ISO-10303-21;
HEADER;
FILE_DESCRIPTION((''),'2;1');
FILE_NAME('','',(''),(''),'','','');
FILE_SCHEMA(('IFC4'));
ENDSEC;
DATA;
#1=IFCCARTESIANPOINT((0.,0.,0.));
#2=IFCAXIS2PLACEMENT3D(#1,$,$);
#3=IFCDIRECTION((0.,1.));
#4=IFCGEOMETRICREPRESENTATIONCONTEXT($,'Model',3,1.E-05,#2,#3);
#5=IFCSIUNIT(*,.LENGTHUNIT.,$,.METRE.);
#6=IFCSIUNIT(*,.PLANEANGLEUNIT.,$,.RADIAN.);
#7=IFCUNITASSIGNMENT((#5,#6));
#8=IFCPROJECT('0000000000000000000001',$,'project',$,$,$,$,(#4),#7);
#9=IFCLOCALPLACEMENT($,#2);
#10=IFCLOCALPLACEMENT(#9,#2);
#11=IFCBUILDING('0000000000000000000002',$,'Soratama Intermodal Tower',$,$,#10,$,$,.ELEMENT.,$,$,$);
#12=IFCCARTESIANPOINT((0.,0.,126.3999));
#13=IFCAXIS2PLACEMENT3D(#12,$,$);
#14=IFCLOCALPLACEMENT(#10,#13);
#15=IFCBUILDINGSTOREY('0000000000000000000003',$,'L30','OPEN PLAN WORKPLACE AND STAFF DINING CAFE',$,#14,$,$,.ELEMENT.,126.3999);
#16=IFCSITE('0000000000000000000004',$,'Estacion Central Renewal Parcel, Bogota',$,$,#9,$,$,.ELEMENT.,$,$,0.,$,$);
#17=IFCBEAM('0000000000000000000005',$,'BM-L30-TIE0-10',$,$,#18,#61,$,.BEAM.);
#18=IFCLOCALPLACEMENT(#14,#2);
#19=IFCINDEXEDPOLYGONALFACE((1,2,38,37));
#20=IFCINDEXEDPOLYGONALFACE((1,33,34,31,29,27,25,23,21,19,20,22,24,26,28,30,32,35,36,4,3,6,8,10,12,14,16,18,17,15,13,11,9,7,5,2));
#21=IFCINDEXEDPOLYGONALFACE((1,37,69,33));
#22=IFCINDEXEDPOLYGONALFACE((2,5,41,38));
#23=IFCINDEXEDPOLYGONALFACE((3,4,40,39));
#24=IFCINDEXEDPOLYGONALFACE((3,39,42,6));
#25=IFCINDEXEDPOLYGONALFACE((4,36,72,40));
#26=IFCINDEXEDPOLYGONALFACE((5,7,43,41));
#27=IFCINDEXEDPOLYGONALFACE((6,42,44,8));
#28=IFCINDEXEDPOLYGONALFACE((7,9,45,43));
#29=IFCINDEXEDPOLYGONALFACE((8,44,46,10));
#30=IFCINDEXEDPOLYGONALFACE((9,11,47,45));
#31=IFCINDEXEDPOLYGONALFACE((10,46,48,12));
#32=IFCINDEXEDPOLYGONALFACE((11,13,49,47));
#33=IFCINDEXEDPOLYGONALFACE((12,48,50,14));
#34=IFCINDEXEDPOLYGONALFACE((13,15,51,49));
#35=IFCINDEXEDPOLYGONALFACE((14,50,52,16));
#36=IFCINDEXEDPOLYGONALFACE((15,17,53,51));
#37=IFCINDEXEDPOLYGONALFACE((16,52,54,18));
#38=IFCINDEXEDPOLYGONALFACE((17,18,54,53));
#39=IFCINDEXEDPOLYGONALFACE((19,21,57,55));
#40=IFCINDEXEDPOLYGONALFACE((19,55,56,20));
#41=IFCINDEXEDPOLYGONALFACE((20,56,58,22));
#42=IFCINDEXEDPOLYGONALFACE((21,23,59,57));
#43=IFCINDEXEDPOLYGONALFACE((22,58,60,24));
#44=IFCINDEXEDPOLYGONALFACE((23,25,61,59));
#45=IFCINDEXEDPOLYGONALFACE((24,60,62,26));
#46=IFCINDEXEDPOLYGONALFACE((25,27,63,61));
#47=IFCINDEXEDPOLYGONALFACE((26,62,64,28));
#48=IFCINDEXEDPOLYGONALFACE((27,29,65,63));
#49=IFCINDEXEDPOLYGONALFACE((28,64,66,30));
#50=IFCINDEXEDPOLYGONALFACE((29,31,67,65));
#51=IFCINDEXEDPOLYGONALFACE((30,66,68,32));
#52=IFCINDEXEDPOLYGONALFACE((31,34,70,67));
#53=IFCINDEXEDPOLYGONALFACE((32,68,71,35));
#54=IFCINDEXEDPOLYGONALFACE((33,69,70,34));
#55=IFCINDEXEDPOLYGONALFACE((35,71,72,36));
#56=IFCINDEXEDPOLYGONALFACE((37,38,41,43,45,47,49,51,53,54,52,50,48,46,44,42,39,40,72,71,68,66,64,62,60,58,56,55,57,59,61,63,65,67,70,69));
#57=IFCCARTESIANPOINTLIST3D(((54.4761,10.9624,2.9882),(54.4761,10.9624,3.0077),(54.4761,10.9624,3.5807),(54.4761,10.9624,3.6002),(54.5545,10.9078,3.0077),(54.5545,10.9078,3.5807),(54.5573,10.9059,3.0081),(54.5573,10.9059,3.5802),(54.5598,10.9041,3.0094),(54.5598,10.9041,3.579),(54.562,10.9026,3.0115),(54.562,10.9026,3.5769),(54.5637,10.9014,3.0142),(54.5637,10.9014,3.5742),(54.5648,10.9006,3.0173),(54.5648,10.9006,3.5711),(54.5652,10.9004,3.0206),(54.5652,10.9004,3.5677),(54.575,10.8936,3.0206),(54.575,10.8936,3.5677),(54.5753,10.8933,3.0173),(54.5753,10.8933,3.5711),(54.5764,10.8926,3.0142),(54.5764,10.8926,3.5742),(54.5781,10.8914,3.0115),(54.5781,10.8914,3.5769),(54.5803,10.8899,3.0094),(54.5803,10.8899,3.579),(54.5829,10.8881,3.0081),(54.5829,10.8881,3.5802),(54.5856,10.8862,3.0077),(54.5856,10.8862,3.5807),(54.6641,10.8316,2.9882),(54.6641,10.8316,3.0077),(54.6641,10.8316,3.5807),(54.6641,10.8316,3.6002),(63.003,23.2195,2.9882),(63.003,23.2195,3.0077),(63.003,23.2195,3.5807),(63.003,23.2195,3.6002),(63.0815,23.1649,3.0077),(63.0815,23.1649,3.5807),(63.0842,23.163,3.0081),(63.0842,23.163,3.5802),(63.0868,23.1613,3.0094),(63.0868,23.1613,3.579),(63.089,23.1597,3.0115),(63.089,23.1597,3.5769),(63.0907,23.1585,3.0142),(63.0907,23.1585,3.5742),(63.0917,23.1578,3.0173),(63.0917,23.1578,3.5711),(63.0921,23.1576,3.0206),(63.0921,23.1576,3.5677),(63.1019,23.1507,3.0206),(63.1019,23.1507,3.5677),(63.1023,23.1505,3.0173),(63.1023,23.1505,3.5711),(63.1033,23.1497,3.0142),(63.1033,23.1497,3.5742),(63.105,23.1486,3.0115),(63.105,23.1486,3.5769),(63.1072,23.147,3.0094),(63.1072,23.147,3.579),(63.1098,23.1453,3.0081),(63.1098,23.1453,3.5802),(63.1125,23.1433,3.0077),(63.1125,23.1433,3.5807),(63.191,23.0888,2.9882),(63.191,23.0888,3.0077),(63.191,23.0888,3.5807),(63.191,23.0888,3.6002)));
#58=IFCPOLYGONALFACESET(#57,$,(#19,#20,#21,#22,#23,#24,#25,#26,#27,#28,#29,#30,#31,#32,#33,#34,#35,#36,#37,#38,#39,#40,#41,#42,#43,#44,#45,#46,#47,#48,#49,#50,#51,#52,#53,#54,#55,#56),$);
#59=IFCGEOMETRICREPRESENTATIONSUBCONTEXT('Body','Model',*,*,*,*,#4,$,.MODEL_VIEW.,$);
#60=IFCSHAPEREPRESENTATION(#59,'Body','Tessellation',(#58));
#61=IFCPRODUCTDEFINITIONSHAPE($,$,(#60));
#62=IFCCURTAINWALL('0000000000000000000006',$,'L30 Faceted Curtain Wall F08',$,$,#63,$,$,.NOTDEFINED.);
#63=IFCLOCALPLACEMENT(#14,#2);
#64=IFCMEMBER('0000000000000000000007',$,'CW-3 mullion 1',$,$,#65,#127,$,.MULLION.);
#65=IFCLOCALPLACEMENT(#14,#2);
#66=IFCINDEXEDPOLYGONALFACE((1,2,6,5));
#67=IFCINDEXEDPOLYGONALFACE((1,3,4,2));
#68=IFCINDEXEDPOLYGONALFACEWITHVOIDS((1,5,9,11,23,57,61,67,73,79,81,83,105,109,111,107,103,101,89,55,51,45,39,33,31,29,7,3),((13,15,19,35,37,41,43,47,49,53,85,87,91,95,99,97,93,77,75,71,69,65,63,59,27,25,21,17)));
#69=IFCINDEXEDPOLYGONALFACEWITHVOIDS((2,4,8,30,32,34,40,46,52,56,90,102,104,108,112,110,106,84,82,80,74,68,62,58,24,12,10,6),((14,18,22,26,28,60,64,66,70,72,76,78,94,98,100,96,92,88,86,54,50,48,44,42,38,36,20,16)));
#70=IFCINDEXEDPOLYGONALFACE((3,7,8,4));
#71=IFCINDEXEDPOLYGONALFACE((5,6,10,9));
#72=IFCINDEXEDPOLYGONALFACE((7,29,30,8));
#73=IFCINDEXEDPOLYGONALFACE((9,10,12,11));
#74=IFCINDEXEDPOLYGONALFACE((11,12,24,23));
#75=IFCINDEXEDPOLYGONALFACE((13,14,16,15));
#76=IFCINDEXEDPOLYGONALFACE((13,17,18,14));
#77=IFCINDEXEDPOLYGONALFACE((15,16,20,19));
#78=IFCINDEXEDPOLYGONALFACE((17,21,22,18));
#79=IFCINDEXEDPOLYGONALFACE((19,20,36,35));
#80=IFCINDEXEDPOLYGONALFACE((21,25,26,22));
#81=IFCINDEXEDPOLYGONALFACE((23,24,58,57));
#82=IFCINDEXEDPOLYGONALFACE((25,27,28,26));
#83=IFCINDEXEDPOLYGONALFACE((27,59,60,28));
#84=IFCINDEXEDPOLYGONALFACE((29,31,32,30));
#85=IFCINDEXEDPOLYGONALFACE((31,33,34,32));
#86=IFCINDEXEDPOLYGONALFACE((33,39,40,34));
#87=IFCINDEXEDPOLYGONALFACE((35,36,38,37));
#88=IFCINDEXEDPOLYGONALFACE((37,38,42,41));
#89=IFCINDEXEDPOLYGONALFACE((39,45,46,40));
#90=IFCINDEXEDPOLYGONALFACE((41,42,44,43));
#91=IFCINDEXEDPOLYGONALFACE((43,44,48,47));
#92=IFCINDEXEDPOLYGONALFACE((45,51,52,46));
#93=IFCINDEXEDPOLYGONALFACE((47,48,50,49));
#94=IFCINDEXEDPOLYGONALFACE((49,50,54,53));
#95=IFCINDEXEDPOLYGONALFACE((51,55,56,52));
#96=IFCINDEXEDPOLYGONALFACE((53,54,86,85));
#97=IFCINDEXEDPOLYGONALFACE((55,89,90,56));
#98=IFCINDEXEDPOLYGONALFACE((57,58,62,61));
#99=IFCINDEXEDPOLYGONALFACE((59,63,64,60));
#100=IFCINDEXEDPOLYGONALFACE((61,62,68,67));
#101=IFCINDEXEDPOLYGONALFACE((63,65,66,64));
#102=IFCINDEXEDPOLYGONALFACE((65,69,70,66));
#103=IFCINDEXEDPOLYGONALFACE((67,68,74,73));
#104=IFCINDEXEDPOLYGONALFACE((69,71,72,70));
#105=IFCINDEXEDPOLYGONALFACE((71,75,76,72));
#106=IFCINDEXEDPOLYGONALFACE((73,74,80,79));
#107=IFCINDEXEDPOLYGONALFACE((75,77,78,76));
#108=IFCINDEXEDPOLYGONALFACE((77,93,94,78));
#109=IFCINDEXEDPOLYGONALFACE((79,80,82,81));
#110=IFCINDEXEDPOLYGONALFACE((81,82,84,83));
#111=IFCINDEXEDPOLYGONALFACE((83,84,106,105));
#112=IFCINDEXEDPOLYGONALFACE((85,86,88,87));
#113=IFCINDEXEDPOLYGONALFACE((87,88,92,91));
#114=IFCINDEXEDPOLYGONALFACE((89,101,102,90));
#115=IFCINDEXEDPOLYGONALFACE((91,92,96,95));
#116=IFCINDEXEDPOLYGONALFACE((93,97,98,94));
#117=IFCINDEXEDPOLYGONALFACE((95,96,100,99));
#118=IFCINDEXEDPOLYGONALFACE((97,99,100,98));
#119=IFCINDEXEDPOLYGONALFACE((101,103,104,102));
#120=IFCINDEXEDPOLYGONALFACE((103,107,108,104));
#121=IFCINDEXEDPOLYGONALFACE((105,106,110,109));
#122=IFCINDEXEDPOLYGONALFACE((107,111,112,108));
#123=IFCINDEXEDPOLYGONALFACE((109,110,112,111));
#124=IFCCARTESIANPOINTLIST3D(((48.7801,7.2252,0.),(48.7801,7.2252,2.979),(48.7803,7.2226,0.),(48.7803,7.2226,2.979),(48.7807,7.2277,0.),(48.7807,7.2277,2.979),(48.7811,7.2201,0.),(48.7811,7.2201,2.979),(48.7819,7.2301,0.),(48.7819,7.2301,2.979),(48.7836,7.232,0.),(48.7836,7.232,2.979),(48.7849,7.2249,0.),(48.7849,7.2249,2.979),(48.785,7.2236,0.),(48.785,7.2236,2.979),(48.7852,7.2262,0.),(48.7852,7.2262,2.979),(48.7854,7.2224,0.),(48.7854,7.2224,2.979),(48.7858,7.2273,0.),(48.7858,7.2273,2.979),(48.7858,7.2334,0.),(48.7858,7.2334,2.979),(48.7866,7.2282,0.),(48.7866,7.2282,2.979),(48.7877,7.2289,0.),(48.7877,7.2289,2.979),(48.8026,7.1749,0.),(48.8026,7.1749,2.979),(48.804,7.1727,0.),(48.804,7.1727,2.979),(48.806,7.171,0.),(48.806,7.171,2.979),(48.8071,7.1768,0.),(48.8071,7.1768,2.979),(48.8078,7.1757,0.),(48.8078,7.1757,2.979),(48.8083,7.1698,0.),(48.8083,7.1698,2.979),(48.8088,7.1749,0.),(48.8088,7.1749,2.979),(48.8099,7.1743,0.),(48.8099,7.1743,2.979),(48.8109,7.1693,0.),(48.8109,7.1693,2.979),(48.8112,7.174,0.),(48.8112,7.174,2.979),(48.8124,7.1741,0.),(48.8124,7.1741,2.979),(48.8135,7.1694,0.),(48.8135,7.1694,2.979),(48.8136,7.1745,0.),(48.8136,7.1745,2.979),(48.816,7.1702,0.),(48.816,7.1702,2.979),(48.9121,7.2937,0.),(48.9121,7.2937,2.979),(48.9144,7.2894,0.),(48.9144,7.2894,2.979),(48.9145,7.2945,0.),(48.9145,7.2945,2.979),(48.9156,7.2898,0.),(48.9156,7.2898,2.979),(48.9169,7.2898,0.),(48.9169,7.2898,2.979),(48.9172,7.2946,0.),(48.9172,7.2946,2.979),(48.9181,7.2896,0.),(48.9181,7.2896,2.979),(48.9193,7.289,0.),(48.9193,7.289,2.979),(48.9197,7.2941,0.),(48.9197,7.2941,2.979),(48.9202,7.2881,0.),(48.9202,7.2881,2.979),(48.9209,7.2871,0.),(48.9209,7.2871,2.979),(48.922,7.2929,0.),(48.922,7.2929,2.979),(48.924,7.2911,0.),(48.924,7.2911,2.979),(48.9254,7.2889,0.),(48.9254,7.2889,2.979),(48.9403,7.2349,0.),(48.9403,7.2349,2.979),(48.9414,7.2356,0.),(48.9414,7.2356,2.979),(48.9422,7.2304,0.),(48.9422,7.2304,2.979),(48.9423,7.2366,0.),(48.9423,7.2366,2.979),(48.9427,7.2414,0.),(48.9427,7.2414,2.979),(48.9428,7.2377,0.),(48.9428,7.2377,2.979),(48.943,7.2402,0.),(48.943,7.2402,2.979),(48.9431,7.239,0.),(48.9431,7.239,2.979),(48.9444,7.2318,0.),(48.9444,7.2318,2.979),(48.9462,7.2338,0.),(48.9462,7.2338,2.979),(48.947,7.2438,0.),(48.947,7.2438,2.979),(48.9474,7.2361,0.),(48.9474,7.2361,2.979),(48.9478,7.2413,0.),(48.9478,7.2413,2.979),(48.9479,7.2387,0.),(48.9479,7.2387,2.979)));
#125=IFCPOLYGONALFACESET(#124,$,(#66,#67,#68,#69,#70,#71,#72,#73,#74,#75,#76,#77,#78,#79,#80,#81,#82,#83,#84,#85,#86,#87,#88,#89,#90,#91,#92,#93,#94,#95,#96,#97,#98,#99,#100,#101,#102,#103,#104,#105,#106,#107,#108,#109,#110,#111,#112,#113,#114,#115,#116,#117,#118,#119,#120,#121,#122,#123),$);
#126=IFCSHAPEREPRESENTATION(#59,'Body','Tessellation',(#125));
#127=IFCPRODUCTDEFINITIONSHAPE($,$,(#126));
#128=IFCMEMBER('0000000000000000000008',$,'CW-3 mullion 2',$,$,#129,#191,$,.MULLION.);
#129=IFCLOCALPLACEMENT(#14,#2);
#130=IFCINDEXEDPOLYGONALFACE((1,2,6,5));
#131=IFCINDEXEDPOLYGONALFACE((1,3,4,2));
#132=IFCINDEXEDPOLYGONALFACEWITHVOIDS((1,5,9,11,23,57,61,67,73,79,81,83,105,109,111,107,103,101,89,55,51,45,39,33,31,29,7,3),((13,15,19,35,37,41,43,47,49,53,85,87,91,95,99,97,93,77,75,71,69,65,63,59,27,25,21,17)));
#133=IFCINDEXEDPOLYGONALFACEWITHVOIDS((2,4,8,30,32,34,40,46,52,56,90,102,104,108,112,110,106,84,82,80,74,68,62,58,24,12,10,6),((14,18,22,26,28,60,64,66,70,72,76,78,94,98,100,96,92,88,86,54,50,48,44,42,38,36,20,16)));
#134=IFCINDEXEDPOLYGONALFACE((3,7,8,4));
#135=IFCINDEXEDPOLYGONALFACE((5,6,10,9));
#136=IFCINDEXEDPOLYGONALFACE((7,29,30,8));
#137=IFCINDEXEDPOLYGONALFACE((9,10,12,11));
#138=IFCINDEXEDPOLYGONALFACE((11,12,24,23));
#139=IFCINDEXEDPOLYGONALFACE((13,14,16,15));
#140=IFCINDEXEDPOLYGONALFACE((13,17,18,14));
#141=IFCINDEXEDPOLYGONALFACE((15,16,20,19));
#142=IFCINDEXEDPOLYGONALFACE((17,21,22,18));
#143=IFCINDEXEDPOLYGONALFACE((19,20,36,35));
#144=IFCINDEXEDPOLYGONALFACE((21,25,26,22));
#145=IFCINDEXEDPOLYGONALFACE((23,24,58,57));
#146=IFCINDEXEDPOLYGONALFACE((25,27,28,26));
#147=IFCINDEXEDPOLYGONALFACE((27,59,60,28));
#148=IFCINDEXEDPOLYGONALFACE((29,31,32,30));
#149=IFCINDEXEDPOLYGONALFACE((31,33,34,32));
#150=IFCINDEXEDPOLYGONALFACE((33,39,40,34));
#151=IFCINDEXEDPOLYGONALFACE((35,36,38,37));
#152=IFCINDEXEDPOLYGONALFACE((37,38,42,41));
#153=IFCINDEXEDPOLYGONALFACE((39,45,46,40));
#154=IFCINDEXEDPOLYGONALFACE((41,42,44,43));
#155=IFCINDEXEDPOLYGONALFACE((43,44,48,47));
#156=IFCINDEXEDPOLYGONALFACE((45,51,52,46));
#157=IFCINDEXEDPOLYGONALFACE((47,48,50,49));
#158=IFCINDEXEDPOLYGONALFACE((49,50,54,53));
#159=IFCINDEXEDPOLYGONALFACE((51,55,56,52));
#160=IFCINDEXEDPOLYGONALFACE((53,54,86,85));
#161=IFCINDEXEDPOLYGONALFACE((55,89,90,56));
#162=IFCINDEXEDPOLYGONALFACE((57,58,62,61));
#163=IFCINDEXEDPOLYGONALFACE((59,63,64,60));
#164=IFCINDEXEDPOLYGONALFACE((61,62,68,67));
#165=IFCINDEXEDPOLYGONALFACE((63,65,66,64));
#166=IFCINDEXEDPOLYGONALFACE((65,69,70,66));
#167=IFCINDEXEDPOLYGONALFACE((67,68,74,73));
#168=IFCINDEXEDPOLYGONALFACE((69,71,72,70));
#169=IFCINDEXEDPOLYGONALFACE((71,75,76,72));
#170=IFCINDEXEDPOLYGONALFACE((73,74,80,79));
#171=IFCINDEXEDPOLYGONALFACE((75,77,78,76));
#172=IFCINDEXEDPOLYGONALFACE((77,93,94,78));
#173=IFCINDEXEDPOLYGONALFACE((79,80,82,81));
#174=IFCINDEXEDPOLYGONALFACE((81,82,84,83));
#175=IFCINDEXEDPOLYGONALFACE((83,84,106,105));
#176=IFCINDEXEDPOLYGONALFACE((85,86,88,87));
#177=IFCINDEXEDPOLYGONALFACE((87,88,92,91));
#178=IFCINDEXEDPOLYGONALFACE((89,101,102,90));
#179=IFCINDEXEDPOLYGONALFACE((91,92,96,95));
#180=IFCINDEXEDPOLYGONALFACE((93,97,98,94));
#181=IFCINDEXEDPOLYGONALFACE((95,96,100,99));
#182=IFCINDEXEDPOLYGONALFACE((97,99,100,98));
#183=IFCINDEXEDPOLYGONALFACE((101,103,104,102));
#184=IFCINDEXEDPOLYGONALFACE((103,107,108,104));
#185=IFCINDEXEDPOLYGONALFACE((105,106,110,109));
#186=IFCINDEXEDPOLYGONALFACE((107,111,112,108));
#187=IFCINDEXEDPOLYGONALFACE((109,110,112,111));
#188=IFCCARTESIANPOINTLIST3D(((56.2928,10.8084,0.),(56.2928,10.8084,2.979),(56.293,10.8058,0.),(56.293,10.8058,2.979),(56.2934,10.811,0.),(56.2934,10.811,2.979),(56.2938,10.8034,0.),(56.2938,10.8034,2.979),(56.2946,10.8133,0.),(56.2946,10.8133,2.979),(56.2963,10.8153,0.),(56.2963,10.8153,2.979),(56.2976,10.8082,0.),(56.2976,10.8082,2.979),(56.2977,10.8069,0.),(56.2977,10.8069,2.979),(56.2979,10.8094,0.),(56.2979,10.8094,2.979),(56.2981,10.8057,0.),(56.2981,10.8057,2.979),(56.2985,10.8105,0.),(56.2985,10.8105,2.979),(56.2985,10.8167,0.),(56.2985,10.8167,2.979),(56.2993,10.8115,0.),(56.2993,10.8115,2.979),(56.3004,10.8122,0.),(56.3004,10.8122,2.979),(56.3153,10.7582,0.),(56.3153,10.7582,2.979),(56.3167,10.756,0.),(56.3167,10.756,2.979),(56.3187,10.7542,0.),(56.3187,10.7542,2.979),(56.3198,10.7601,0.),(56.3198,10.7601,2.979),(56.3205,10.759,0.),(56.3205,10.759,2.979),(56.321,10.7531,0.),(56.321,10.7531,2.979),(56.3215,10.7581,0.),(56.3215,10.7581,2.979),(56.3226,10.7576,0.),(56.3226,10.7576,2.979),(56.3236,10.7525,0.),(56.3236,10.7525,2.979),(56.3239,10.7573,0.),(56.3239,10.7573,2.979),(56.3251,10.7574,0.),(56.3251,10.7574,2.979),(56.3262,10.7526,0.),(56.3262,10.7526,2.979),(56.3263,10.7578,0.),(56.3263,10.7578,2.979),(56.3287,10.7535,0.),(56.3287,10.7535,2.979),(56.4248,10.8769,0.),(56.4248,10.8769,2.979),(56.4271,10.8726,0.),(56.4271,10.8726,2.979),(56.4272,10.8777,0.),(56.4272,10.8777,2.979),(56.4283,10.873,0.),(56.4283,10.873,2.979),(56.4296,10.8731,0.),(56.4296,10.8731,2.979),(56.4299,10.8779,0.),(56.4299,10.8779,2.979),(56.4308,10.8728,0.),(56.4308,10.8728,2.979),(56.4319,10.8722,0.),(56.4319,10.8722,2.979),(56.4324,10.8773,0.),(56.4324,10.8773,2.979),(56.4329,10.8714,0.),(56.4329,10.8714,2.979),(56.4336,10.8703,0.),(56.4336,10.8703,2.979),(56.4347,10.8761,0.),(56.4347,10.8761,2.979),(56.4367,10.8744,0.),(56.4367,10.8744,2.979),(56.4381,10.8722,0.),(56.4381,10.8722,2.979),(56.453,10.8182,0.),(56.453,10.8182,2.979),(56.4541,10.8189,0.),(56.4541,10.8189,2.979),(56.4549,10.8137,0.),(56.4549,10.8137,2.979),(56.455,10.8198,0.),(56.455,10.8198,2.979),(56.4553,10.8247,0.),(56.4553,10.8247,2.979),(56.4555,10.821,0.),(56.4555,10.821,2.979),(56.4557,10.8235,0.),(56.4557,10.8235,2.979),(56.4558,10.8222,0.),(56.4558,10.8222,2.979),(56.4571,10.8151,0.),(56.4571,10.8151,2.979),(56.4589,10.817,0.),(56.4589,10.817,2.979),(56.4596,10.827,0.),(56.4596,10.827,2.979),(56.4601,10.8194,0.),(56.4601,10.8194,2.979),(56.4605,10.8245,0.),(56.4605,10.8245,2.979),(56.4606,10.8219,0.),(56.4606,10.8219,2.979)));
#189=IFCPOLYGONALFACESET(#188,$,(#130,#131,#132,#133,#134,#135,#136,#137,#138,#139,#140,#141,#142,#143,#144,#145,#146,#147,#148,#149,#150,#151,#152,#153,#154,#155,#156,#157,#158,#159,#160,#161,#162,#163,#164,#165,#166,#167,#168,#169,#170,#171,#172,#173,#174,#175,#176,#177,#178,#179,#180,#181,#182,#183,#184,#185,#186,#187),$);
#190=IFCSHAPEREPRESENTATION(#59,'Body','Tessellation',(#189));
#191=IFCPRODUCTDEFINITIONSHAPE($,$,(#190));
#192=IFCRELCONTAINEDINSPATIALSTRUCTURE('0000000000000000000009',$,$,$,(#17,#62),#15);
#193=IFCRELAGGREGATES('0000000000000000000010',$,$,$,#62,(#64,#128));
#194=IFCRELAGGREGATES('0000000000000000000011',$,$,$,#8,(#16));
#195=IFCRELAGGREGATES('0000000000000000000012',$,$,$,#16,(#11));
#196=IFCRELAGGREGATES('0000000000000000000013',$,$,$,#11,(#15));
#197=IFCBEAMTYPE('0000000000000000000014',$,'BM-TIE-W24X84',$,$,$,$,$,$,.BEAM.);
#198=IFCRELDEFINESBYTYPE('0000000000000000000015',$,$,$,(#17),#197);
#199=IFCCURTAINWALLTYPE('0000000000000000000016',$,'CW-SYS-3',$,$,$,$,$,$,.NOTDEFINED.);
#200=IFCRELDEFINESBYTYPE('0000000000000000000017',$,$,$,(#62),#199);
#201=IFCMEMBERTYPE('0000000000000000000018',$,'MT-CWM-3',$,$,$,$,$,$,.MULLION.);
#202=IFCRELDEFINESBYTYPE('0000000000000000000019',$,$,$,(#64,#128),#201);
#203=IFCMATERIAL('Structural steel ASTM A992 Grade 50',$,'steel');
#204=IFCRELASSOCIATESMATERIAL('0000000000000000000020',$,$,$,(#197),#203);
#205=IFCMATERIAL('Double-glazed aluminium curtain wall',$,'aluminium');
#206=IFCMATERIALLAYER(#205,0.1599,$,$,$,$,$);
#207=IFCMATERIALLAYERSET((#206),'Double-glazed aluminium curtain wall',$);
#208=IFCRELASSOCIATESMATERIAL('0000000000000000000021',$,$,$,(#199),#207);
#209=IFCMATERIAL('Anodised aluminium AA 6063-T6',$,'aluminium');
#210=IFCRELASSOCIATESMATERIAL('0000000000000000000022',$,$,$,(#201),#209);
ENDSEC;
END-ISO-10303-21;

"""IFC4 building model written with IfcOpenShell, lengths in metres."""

from ifc_helpers import new_model, si_unit, direction, frame, origin, origin_2d, place, context, subcontext, project, spatial, hollow_rectangle, i_section, extrude, material, layer, layer_set, material_profile, profile_set, type_object, element, aggregate, save


model = new_model("IFC4")

# Units and contexts
model_context = context("Model", 3, precision=1e-05, world=origin(), true_north=direction((0.0, 1.0)))
body_context = subcontext(model_context, "Body", "Model", "MODEL_VIEW")
ifc_project = project(units=[si_unit("LENGTHUNIT", "METRE"), si_unit("PLANEANGLEUNIT", "RADIAN")], contexts=[model_context])

# Site, building, storey
site_placement = place(None, origin())
site = spatial("IfcSite", under=ifc_project, at=site_placement, Name="Estacion Central Renewal Parcel, Bogota", CompositionType="ELEMENT", RefElevation=0.0)
building_placement = place(site_placement, origin())
building = spatial("IfcBuilding", under=site, at=building_placement, Name="Soratama Intermodal Tower", CompositionType="ELEMENT")
storey_placement = place(building_placement, frame((0.0, 0.0, 126.3999)))
storey = spatial("IfcBuildingStorey", under=building, at=storey_placement, Name="L30", Description="OPEN PLAN WORKPLACE AND STAFF DINING CAFE", CompositionType="ELEMENT", Elevation=126.3999)

# Beam
ifc_material_1 = material(Name="Structural steel ASTM A992 Grade 50", Category="steel")
ifc_material_profile_1 = material_profile(ifc_material_1, i_section(OverallWidth=0.229, OverallDepth=0.6121, WebThickness=0.012, FlangeThickness=0.0195, FilletRadius=0.0129, at=origin_2d()), Name="W24X84")
ifc_profile_set_1 = profile_set([ifc_material_profile_1], Name="Structural steel ASTM A992 Grade 50")
beam_type_1 = type_object("IfcBeamType", Name="BM-TIE-W24X84", PredefinedType="BEAM", material=ifc_profile_set_1)
beam_1_placement = place(storey_placement, frame((54.5701, 10.897, 3.2942), z_axis=(0.571073, 0.820899, 0.0), x_axis=(-0.820899, 0.571073, 0.0)))
element("IfcBeam", 1, at=beam_1_placement, inside=storey, type_object=beam_type_1, Name="BM-L30-TIE0-10", PredefinedType="BEAM", context=body_context, shape_type="SweptSolid", body=[
    extrude(i_section(OverallWidth=0.229, OverallDepth=0.6121, WebThickness=0.012, FlangeThickness=0.0195, FilletRadius=0.0129, at=origin_2d()), origin(), (0.0, 0.0, 1.0), 14.9314),
])

# Curtain wall, members
ifc_material_2 = material(Name="Double-glazed aluminium curtain wall", Category="aluminium")
ifc_layer_1 = layer(ifc_material_2, 0.1599)
ifc_layer_set_1 = layer_set([ifc_layer_1], Name="Double-glazed aluminium curtain wall")
curtain_wall_type = type_object("IfcCurtainWallType", Name="CW-SYS-3", PredefinedType="NOTDEFINED", material=ifc_layer_set_1)
curtain_wall_1_placement = place(storey_placement, origin())
curtain_wall_1 = element("IfcCurtainWall", 2, at=curtain_wall_1_placement, inside=storey, type_object=curtain_wall_type, Name="L30 Faceted Curtain Wall F08", PredefinedType="NOTDEFINED")
ifc_material_3 = material(Name="Anodised aluminium AA 6063-T6", Category="aluminium")
ifc_material_profile_2 = material_profile(ifc_material_3, hollow_rectangle(XDim=0.0701, YDim=0.1599, WallThickness=0.0049, InnerFilletRadius=0.0049, OuterFilletRadius=0.01, at=origin_2d()), Name="CWM160X70X5")
ifc_profile_set_2 = profile_set([ifc_material_profile_2], Name="Anodised aluminium AA 6063-T6")
member_type_1 = type_object("IfcMemberType", Name="MT-CWM-3", PredefinedType="MULLION", material=ifc_profile_set_2)
member_1_placement = place(storey_placement, frame((48.864, 7.2319, 0.0), z_axis=(0.0, 0.0, 1.0), x_axis=(-0.430503, 0.902589, 0.0)))
member_1 = element("IfcMember", 3, at=member_1_placement, type_object=member_type_1, Name="CW-3 mullion 1", PredefinedType="MULLION", context=body_context, shape_type="SweptSolid", body=[
    extrude(hollow_rectangle(XDim=0.0701, YDim=0.1599, WallThickness=0.0049, InnerFilletRadius=0.0049, OuterFilletRadius=0.01, at=origin_2d()), origin(), (0.0, 0.0, 1.0), 2.979),
])
member_2_placement = place(storey_placement, frame((56.3767, 10.8152, 0.0), z_axis=(0.0, 0.0, 1.0), x_axis=(-0.430503, 0.902589, 0.0)))
member_2 = element("IfcMember", 4, at=member_2_placement, type_object=member_type_1, Name="CW-3 mullion 2", PredefinedType="MULLION", context=body_context, shape_type="SweptSolid", body=[
    extrude(hollow_rectangle(XDim=0.0701, YDim=0.1599, WallThickness=0.0049, InnerFilletRadius=0.0049, OuterFilletRadius=0.01, at=origin_2d()), origin(), (0.0, 0.0, 1.0), 2.979),
])

aggregate(curtain_wall_1, [member_1, member_2])

save(model, "model.ifc")
